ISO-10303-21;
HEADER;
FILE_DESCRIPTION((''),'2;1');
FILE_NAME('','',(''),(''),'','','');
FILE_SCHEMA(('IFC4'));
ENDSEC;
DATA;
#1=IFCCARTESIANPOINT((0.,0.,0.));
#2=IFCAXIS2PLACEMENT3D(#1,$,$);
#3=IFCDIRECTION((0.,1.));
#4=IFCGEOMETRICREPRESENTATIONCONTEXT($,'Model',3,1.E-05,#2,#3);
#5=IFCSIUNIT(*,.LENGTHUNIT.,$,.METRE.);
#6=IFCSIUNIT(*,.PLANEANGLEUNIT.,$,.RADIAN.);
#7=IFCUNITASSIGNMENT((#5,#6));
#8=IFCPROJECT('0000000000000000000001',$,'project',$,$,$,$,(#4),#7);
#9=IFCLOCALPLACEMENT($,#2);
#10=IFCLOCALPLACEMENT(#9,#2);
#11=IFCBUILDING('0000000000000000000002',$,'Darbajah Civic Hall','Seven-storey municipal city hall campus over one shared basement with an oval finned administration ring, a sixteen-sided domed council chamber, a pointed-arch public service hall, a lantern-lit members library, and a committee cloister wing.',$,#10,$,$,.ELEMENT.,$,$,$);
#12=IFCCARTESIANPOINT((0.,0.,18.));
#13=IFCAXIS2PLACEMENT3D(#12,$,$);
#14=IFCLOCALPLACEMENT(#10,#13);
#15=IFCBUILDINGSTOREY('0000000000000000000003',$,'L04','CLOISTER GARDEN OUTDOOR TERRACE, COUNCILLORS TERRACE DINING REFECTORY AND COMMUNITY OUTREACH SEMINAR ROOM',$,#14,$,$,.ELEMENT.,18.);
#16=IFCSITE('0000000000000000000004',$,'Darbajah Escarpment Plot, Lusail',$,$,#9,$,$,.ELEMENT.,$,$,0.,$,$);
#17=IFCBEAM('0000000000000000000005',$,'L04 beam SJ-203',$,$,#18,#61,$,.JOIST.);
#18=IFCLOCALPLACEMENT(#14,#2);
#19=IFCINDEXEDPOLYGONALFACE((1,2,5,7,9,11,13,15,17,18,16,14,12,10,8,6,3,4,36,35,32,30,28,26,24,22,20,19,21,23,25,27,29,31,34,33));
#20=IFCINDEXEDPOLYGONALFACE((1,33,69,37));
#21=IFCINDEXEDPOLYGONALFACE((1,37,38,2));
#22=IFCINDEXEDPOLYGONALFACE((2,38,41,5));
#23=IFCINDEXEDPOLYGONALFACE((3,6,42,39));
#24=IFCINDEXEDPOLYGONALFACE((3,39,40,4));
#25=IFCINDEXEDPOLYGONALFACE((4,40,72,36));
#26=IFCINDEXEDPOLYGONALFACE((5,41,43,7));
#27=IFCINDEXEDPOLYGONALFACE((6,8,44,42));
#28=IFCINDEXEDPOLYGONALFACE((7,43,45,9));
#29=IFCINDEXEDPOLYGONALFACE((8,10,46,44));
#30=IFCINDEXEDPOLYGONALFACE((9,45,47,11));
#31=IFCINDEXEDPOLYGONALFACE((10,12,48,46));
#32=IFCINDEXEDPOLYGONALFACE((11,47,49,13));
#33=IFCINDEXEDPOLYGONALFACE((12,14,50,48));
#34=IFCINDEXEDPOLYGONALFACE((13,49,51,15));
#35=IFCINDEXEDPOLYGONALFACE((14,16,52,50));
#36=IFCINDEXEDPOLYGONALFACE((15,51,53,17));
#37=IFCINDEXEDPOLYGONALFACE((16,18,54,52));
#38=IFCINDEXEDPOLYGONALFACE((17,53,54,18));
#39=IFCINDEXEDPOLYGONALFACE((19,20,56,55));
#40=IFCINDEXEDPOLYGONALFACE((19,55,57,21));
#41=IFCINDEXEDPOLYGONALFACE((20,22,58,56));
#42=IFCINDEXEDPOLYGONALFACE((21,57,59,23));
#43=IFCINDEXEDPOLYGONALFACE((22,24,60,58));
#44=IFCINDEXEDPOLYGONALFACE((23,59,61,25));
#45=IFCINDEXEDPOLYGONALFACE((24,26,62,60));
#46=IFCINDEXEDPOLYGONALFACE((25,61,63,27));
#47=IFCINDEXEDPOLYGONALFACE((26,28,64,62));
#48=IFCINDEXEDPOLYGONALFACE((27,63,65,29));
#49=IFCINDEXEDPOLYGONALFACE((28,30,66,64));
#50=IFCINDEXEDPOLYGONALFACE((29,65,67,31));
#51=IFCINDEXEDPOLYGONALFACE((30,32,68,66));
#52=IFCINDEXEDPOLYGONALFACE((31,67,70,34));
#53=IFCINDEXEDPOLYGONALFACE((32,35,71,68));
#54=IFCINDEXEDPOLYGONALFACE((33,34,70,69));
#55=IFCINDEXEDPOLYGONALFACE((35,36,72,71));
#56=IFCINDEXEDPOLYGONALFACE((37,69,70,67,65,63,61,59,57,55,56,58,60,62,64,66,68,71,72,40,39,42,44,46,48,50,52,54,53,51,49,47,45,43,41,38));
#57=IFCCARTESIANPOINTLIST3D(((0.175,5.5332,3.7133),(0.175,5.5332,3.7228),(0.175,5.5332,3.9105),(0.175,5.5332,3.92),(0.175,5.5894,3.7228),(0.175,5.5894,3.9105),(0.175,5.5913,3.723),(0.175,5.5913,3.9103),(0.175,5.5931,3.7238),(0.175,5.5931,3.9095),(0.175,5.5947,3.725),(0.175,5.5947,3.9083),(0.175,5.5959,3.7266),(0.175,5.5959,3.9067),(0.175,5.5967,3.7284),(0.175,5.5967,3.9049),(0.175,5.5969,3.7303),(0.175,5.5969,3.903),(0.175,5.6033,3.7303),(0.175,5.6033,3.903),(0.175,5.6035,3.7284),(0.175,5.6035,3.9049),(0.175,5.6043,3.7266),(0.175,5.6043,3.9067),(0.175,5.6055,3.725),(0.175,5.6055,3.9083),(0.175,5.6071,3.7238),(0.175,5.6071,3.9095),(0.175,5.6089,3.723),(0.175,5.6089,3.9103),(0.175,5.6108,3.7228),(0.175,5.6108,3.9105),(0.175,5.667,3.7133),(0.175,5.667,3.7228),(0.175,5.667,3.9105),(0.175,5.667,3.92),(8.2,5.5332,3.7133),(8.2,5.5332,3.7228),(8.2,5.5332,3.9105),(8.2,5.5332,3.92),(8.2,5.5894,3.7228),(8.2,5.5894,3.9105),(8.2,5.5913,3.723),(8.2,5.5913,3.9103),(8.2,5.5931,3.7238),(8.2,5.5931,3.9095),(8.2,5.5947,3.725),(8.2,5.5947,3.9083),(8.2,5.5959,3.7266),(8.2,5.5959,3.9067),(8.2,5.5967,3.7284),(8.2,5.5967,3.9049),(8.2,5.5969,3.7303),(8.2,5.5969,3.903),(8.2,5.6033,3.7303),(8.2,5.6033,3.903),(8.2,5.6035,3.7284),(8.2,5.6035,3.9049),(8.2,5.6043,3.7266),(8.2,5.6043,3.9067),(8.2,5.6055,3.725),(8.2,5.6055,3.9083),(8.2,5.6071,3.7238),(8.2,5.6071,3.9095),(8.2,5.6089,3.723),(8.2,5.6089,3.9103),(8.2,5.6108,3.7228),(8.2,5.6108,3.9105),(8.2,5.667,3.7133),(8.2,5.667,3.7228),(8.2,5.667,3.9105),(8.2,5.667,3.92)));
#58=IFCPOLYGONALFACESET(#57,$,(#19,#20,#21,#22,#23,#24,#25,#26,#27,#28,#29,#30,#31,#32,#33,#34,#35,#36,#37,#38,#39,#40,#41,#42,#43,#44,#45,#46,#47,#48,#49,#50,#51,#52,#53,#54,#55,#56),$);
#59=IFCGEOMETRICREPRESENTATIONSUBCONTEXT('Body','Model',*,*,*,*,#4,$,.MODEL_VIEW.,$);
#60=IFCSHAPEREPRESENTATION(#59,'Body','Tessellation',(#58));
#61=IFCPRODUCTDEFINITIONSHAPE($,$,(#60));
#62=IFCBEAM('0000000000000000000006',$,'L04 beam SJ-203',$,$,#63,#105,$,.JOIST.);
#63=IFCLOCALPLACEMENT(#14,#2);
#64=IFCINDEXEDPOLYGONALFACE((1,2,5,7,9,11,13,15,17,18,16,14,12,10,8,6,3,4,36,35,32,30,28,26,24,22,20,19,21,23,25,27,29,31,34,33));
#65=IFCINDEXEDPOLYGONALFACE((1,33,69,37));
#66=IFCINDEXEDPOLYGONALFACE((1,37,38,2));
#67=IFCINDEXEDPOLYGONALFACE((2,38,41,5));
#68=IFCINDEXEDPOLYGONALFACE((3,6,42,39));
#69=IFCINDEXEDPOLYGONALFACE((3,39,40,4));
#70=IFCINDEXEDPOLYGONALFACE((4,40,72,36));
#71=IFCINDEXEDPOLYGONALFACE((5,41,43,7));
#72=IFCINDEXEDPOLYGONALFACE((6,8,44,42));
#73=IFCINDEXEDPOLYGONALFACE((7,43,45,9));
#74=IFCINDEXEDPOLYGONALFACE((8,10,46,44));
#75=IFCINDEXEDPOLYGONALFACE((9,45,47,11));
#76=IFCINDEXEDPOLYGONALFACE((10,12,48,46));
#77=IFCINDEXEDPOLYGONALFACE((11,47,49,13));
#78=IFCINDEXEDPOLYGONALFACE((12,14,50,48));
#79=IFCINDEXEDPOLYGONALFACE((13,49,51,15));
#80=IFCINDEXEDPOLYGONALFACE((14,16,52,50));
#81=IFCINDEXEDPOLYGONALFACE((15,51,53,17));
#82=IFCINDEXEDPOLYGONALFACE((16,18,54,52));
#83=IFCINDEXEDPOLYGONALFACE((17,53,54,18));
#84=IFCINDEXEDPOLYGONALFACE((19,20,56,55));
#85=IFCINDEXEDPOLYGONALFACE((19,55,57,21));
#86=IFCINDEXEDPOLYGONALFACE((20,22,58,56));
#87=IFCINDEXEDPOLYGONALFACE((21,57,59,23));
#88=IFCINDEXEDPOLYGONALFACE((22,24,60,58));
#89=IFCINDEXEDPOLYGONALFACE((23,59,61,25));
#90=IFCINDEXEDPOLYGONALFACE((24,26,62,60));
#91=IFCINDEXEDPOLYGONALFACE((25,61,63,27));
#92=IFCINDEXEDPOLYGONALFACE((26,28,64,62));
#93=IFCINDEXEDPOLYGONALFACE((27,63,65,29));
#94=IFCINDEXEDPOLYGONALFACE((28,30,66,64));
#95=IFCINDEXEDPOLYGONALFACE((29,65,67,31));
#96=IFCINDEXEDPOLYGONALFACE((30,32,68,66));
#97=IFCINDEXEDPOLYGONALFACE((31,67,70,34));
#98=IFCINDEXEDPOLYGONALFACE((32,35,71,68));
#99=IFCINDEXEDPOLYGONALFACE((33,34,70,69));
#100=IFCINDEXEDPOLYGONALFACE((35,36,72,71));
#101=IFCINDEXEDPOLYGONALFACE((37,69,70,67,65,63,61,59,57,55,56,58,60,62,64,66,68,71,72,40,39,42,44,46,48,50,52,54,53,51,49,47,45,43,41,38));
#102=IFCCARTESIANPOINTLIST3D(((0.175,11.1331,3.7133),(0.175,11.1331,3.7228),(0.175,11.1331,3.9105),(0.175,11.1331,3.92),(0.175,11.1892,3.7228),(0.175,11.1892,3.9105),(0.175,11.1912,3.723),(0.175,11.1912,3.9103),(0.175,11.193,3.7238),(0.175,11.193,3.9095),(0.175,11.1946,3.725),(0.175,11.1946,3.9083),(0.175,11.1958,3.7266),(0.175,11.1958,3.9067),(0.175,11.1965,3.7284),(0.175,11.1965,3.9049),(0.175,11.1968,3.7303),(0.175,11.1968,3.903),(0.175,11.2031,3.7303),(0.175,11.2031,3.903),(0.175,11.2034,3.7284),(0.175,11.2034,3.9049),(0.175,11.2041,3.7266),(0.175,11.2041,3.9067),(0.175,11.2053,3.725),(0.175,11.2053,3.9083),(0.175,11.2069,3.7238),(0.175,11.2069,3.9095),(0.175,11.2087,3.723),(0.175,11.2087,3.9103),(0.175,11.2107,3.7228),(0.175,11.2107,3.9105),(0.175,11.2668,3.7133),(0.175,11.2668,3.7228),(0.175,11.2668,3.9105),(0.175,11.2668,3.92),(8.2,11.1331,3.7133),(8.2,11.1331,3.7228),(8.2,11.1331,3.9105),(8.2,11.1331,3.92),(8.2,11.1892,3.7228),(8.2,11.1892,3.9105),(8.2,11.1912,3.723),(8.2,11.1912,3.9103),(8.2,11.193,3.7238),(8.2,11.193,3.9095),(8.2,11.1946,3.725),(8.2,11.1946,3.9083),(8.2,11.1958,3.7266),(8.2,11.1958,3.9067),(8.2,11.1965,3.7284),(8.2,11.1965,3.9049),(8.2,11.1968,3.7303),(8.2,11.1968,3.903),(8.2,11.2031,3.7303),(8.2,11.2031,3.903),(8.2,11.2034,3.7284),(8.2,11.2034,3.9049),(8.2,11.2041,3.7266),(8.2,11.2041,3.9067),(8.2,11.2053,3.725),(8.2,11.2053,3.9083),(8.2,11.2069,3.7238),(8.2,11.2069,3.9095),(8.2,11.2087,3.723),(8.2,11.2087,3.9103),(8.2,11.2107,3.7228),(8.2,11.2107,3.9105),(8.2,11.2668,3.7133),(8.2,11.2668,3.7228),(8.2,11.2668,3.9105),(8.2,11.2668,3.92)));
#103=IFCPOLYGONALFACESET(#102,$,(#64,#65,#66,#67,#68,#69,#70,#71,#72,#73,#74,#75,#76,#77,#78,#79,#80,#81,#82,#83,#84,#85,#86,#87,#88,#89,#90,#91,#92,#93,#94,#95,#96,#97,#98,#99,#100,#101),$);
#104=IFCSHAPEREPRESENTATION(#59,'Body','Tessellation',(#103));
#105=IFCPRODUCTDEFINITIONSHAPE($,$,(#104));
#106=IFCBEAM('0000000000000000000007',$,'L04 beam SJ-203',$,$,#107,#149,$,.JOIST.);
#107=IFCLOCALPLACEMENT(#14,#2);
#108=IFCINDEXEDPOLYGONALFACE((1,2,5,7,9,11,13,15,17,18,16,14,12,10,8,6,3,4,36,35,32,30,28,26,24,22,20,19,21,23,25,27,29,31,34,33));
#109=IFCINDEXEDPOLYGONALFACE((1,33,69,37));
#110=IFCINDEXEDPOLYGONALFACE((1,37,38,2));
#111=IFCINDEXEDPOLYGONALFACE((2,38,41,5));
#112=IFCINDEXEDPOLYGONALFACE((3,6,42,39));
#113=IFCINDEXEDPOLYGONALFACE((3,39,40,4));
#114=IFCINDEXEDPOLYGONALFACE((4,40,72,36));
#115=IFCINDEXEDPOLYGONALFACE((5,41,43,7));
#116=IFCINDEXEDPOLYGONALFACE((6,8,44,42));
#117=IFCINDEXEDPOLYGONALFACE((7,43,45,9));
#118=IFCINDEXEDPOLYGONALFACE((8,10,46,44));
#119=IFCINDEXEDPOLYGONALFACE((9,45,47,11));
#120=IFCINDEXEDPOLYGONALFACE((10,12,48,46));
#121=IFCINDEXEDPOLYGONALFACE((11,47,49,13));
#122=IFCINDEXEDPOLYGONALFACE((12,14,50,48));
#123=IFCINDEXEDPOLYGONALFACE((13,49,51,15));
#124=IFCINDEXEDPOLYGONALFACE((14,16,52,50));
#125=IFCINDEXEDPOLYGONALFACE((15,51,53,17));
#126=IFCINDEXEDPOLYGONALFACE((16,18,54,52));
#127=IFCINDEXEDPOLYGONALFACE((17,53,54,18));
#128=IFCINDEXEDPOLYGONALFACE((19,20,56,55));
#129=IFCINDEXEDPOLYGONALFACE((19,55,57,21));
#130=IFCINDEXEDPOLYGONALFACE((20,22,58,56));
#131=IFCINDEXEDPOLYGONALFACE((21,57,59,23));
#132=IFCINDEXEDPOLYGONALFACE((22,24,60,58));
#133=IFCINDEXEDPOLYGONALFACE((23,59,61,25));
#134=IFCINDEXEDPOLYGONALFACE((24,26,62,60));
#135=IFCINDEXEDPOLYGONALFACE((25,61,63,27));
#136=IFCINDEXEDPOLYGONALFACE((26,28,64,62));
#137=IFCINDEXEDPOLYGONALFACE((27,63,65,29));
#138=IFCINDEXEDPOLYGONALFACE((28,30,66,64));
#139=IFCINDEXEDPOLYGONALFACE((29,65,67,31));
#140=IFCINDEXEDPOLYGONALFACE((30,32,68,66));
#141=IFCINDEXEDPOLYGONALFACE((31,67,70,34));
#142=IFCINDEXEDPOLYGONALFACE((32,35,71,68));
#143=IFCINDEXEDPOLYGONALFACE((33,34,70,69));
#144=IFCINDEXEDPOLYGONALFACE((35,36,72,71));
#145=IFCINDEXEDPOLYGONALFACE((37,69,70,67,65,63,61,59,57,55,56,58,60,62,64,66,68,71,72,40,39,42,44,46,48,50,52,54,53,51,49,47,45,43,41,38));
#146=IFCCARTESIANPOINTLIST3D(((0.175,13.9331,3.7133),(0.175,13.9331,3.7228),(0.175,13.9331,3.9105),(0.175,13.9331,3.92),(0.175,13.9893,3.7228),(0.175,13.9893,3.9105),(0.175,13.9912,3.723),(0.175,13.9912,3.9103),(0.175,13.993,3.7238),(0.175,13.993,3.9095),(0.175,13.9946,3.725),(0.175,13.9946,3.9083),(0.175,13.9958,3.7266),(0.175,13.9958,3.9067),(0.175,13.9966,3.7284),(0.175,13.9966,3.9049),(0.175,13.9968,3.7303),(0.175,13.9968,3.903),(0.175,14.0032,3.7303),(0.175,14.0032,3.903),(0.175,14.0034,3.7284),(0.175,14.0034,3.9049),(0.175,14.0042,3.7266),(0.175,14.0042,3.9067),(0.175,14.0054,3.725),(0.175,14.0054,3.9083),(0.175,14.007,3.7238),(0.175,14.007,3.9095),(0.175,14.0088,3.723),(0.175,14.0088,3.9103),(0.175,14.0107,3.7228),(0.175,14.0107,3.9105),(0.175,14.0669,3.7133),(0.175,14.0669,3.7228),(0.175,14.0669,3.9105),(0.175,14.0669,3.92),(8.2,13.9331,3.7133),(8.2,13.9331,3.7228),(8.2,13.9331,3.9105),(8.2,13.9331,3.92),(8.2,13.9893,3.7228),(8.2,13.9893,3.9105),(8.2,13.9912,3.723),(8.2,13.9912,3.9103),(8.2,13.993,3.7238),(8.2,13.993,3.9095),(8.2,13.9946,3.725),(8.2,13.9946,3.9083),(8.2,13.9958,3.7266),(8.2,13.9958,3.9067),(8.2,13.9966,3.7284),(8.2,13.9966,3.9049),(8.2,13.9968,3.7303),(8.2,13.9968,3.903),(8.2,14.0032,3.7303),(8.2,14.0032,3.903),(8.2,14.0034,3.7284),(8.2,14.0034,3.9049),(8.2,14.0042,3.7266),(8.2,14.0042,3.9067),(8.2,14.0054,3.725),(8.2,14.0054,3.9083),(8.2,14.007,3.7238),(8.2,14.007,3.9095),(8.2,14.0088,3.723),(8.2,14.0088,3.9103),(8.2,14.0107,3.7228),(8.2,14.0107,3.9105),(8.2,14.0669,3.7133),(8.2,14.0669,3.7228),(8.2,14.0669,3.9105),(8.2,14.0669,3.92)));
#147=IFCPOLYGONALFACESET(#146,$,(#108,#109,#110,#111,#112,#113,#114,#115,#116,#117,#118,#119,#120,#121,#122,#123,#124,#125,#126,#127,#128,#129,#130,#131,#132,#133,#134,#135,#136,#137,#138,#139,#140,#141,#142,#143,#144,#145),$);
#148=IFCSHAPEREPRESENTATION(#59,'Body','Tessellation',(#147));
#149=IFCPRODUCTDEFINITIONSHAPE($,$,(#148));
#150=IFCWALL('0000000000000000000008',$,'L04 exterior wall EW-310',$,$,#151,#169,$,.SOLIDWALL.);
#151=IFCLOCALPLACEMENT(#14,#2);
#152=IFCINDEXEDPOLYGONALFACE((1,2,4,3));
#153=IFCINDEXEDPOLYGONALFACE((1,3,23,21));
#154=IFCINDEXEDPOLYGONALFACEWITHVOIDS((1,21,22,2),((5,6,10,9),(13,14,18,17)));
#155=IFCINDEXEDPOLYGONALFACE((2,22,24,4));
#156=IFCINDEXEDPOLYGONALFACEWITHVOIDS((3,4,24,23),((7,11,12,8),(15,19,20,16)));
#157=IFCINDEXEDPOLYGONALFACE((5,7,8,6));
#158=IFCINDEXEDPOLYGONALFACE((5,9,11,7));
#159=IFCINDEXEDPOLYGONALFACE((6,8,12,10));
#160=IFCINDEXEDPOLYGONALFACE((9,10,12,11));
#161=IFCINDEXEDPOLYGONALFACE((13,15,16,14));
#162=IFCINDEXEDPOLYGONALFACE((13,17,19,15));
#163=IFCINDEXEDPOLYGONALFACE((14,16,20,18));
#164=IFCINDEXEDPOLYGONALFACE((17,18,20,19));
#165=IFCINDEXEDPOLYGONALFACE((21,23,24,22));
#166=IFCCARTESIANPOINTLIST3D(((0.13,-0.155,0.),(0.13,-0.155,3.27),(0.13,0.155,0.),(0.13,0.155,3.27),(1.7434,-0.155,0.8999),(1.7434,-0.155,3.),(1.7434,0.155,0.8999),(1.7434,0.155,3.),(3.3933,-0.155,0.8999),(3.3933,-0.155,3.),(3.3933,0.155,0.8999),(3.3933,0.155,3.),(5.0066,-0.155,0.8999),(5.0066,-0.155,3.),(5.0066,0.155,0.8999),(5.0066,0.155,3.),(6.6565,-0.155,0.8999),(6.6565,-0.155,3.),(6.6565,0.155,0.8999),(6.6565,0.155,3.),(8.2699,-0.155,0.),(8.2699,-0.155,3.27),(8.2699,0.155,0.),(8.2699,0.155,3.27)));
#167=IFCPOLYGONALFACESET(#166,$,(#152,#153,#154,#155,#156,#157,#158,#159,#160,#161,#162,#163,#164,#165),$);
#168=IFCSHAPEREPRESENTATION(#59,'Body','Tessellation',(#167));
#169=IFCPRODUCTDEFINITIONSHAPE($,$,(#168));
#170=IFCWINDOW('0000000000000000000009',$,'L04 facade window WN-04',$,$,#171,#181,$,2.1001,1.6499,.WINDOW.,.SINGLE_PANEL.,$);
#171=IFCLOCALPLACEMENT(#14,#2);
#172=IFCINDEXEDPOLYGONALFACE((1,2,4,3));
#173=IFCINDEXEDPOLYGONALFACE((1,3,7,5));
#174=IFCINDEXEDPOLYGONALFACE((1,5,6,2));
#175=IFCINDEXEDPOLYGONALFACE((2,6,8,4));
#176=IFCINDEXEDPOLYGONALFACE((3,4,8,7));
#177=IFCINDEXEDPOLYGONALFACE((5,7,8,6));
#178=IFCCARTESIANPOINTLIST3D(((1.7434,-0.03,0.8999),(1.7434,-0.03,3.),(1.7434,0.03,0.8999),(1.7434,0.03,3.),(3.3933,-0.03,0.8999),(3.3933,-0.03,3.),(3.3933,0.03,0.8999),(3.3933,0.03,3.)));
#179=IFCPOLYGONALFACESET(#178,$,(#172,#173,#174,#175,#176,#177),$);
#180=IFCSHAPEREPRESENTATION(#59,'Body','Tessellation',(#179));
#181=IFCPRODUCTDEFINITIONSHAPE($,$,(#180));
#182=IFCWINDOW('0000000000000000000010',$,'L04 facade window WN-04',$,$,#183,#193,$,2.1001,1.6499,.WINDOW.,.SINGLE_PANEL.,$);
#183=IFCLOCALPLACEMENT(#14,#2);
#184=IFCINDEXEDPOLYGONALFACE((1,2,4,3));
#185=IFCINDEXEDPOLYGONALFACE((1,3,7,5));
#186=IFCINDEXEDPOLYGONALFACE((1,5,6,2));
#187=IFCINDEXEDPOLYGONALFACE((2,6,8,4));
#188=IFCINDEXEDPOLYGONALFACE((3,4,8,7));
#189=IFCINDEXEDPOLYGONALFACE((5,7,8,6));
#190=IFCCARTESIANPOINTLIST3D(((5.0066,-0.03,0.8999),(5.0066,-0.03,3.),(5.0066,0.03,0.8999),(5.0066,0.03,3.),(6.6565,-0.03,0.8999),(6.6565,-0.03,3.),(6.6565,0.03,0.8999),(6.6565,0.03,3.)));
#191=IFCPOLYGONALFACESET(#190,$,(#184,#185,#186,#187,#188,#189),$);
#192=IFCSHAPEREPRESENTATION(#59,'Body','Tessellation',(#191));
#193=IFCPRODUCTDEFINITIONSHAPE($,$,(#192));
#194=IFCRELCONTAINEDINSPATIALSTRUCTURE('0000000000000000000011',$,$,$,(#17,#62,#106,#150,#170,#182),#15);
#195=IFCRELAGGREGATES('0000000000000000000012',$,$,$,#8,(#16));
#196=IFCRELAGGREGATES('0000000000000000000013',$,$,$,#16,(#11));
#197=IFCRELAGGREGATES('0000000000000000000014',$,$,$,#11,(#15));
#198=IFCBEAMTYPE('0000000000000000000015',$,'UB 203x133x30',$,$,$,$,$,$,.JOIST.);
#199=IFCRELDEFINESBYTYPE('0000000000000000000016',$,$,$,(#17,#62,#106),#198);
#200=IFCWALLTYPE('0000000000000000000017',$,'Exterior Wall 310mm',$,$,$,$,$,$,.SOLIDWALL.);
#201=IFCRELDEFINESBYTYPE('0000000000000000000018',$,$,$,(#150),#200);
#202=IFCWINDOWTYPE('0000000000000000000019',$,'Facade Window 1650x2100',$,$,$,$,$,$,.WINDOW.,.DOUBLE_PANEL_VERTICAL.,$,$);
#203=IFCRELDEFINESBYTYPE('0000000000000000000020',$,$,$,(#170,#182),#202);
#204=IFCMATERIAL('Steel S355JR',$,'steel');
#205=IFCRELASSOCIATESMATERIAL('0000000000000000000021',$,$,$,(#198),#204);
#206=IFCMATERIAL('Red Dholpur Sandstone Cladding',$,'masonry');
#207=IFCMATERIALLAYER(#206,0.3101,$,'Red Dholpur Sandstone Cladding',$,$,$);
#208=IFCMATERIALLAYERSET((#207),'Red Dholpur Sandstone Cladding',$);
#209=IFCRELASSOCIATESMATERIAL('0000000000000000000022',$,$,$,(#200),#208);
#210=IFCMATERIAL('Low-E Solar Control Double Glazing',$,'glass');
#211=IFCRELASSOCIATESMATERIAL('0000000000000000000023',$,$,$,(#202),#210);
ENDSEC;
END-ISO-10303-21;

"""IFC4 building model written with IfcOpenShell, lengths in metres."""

from ifc_helpers import new_model, si_unit, direction, frame, frame_2d, origin, origin_2d, place, context, subcontext, project, spatial, rectangle, i_section, extrude, material, layer, layer_set, material_profile, profile_set, type_object, element, fill, save


model = new_model("IFC4")

# Units and contexts
model_context = context("Model", 3, precision=1e-05, world=origin(), true_north=direction((0.0, 1.0)))
body_context = subcontext(model_context, "Body", "Model", "MODEL_VIEW")
ifc_project = project(units=[si_unit("LENGTHUNIT", "METRE"), si_unit("PLANEANGLEUNIT", "RADIAN")], contexts=[model_context])

# Site, building, storey
site_placement = place(None, origin())
site = spatial("IfcSite", under=ifc_project, at=site_placement, Name="Darbajah Escarpment Plot, Lusail", CompositionType="ELEMENT", RefElevation=0.0)
building_placement = place(site_placement, origin())
building = spatial("IfcBuilding", under=site, at=building_placement, Name="Darbajah Civic Hall", Description="Seven-storey municipal city hall campus over one shared basement with an oval finned administration ring, a sixteen-sided domed council chamber, a pointed-arch public service hall, a lantern-lit members library, and a committee cloister wing.", CompositionType="ELEMENT")
storey_placement = place(building_placement, frame((0.0, 0.0, 18.0)))
storey = spatial("IfcBuildingStorey", under=building, at=storey_placement, Name="L04", Description="CLOISTER GARDEN OUTDOOR TERRACE, COUNCILLORS TERRACE DINING REFECTORY AND COMMUNITY OUTREACH SEMINAR ROOM", CompositionType="ELEMENT", Elevation=18.0)

# Shared definitions
ifc_material_1 = material(Name="Steel S355JR", Category="steel")

# Beams
ifc_material_profile_1 = material_profile(ifc_material_1, i_section(OverallWidth=0.1338, OverallDepth=0.2068, WebThickness=0.0063, FlangeThickness=0.0095, FilletRadius=0.0076, at=origin_2d()), Name="UB 203x133x30")
ifc_profile_set_1 = profile_set([ifc_material_profile_1], Name="Steel S355JR")
beam_type_1 = type_object("IfcBeamType", Name="UB 203x133x30", PredefinedType="JOIST", material=ifc_profile_set_1)
for number, where, z_axis, x_axis, name in (
    (1, (0.175, 5.6001, 3.8167), (1.0, 0.0, 0.0), (0.0, 1.0, 0.0), "L04 beam SJ-203"),
    (2, (0.175, 11.2, 3.8167), (1.0, 0.0, 0.0), (0.0, 1.0, 0.0), "L04 beam SJ-203"),
    (3, (0.175, 14.0, 3.8167), (1.0, 0.0, 0.0), (0.0, 1.0, 0.0), "L04 beam SJ-203"),
):
    element("IfcBeam", number, at=place(storey_placement, frame(where, z_axis=z_axis, x_axis=x_axis)), inside=storey, type_object=beam_type_1, Name=name, PredefinedType="JOIST", context=body_context, shape_type="SweptSolid", body=[
        extrude(i_section(OverallWidth=0.1338, OverallDepth=0.2068, WebThickness=0.0063, FlangeThickness=0.0095, FilletRadius=0.0076, at=origin_2d()), origin(), (0.0, 0.0, 1.0), 8.0249),
    ])

# Wall, openings, windows
ifc_material_2 = material(Name="Red Dholpur Sandstone Cladding", Category="masonry")
ifc_layer = layer(ifc_material_2, 0.3101, Name="Red Dholpur Sandstone Cladding")
ifc_layer_set = layer_set([ifc_layer], Name="Red Dholpur Sandstone Cladding")
wall_type = type_object("IfcWallType", Name="Exterior Wall 310mm", PredefinedType="SOLIDWALL", material=ifc_layer_set)
wall_1_placement = place(storey_placement, frame((0.1301, 0.0, 0.0), z_axis=(0.0, 0.0, 1.0), x_axis=(1.0, 0.0, 0.0)))
wall_1 = element("IfcWall", 4, at=wall_1_placement, inside=storey, type_object=wall_type, Name="L04 exterior wall EW-310", PredefinedType="SOLIDWALL", context=body_context, shape_type="SweptSolid", body=[
    extrude(rectangle(XDim=8.1399, YDim=0.3101, at=frame_2d((4.0698, 0.0))), origin(), (0.0, 0.0, 1.0), 3.27),
])
opening_1_placement = place(wall_1_placement, frame((1.6133, 0.0, 0.8999)))
opening_1 = element("IfcOpeningElement", 5, at=opening_1_placement, cuts=wall_1, PredefinedType="OPENING", context=body_context, shape_type="SweptSolid", body=[
    extrude(rectangle(XDim=1.6499, YDim=2.1001, at=frame_2d((0.825, 1.05))), frame((0.0, 0.165, 0.0), z_axis=(0.0, -1.0, 0.0), x_axis=(1.0, 0.0, 0.0)), (0.0, 0.0, 1.0), 0.3301),
])
opening_2_placement = place(wall_1_placement, frame((4.8765, 0.0, 0.8999)))
opening_2 = element("IfcOpeningElement", 6, at=opening_2_placement, cuts=wall_1, PredefinedType="OPENING", context=body_context, shape_type="SweptSolid", body=[
    extrude(rectangle(XDim=1.6499, YDim=2.1001, at=frame_2d((0.825, 1.05))), frame((0.0, 0.165, 0.0), z_axis=(0.0, -1.0, 0.0), x_axis=(1.0, 0.0, 0.0)), (0.0, 0.0, 1.0), 0.3301),
])
ifc_material_3 = material(Name="Low-E Solar Control Double Glazing", Category="glass")
window_type_1 = type_object("IfcWindowType", Name="Facade Window 1650x2100", PartitioningType="DOUBLE_PANEL_VERTICAL", PredefinedType="WINDOW", material=ifc_material_3)
window_1_placement = place(opening_1_placement, origin())
window_1 = element("IfcWindow", 7, at=window_1_placement, inside=storey, type_object=window_type_1, Name="L04 facade window WN-04", OverallHeight=2.1001, OverallWidth=1.6499, PartitioningType="SINGLE_PANEL", PredefinedType="WINDOW", context=body_context, shape_type="SweptSolid", body=[
    extrude(rectangle(XDim=1.6499, YDim=2.1001, at=frame_2d((0.825, 1.05))), frame((0.0, 0.03, 0.0), z_axis=(0.0, -1.0, 0.0), x_axis=(1.0, 0.0, 0.0)), (0.0, 0.0, 1.0), 0.0601),
])
fill(opening_1, window_1)
window_2_placement = place(opening_2_placement, origin())
window_2 = element("IfcWindow", 8, at=window_2_placement, inside=storey, type_object=window_type_1, Name="L04 facade window WN-04", OverallHeight=2.1001, OverallWidth=1.6499, PartitioningType="SINGLE_PANEL", PredefinedType="WINDOW", context=body_context, shape_type="SweptSolid", body=[
    extrude(rectangle(XDim=1.6499, YDim=2.1001, at=frame_2d((0.825, 1.05))), frame((0.0, 0.03, 0.0), z_axis=(0.0, -1.0, 0.0), x_axis=(1.0, 0.0, 0.0)), (0.0, 0.0, 1.0), 0.0601),
])
fill(opening_2, window_2)

save(model, "model.ifc")
